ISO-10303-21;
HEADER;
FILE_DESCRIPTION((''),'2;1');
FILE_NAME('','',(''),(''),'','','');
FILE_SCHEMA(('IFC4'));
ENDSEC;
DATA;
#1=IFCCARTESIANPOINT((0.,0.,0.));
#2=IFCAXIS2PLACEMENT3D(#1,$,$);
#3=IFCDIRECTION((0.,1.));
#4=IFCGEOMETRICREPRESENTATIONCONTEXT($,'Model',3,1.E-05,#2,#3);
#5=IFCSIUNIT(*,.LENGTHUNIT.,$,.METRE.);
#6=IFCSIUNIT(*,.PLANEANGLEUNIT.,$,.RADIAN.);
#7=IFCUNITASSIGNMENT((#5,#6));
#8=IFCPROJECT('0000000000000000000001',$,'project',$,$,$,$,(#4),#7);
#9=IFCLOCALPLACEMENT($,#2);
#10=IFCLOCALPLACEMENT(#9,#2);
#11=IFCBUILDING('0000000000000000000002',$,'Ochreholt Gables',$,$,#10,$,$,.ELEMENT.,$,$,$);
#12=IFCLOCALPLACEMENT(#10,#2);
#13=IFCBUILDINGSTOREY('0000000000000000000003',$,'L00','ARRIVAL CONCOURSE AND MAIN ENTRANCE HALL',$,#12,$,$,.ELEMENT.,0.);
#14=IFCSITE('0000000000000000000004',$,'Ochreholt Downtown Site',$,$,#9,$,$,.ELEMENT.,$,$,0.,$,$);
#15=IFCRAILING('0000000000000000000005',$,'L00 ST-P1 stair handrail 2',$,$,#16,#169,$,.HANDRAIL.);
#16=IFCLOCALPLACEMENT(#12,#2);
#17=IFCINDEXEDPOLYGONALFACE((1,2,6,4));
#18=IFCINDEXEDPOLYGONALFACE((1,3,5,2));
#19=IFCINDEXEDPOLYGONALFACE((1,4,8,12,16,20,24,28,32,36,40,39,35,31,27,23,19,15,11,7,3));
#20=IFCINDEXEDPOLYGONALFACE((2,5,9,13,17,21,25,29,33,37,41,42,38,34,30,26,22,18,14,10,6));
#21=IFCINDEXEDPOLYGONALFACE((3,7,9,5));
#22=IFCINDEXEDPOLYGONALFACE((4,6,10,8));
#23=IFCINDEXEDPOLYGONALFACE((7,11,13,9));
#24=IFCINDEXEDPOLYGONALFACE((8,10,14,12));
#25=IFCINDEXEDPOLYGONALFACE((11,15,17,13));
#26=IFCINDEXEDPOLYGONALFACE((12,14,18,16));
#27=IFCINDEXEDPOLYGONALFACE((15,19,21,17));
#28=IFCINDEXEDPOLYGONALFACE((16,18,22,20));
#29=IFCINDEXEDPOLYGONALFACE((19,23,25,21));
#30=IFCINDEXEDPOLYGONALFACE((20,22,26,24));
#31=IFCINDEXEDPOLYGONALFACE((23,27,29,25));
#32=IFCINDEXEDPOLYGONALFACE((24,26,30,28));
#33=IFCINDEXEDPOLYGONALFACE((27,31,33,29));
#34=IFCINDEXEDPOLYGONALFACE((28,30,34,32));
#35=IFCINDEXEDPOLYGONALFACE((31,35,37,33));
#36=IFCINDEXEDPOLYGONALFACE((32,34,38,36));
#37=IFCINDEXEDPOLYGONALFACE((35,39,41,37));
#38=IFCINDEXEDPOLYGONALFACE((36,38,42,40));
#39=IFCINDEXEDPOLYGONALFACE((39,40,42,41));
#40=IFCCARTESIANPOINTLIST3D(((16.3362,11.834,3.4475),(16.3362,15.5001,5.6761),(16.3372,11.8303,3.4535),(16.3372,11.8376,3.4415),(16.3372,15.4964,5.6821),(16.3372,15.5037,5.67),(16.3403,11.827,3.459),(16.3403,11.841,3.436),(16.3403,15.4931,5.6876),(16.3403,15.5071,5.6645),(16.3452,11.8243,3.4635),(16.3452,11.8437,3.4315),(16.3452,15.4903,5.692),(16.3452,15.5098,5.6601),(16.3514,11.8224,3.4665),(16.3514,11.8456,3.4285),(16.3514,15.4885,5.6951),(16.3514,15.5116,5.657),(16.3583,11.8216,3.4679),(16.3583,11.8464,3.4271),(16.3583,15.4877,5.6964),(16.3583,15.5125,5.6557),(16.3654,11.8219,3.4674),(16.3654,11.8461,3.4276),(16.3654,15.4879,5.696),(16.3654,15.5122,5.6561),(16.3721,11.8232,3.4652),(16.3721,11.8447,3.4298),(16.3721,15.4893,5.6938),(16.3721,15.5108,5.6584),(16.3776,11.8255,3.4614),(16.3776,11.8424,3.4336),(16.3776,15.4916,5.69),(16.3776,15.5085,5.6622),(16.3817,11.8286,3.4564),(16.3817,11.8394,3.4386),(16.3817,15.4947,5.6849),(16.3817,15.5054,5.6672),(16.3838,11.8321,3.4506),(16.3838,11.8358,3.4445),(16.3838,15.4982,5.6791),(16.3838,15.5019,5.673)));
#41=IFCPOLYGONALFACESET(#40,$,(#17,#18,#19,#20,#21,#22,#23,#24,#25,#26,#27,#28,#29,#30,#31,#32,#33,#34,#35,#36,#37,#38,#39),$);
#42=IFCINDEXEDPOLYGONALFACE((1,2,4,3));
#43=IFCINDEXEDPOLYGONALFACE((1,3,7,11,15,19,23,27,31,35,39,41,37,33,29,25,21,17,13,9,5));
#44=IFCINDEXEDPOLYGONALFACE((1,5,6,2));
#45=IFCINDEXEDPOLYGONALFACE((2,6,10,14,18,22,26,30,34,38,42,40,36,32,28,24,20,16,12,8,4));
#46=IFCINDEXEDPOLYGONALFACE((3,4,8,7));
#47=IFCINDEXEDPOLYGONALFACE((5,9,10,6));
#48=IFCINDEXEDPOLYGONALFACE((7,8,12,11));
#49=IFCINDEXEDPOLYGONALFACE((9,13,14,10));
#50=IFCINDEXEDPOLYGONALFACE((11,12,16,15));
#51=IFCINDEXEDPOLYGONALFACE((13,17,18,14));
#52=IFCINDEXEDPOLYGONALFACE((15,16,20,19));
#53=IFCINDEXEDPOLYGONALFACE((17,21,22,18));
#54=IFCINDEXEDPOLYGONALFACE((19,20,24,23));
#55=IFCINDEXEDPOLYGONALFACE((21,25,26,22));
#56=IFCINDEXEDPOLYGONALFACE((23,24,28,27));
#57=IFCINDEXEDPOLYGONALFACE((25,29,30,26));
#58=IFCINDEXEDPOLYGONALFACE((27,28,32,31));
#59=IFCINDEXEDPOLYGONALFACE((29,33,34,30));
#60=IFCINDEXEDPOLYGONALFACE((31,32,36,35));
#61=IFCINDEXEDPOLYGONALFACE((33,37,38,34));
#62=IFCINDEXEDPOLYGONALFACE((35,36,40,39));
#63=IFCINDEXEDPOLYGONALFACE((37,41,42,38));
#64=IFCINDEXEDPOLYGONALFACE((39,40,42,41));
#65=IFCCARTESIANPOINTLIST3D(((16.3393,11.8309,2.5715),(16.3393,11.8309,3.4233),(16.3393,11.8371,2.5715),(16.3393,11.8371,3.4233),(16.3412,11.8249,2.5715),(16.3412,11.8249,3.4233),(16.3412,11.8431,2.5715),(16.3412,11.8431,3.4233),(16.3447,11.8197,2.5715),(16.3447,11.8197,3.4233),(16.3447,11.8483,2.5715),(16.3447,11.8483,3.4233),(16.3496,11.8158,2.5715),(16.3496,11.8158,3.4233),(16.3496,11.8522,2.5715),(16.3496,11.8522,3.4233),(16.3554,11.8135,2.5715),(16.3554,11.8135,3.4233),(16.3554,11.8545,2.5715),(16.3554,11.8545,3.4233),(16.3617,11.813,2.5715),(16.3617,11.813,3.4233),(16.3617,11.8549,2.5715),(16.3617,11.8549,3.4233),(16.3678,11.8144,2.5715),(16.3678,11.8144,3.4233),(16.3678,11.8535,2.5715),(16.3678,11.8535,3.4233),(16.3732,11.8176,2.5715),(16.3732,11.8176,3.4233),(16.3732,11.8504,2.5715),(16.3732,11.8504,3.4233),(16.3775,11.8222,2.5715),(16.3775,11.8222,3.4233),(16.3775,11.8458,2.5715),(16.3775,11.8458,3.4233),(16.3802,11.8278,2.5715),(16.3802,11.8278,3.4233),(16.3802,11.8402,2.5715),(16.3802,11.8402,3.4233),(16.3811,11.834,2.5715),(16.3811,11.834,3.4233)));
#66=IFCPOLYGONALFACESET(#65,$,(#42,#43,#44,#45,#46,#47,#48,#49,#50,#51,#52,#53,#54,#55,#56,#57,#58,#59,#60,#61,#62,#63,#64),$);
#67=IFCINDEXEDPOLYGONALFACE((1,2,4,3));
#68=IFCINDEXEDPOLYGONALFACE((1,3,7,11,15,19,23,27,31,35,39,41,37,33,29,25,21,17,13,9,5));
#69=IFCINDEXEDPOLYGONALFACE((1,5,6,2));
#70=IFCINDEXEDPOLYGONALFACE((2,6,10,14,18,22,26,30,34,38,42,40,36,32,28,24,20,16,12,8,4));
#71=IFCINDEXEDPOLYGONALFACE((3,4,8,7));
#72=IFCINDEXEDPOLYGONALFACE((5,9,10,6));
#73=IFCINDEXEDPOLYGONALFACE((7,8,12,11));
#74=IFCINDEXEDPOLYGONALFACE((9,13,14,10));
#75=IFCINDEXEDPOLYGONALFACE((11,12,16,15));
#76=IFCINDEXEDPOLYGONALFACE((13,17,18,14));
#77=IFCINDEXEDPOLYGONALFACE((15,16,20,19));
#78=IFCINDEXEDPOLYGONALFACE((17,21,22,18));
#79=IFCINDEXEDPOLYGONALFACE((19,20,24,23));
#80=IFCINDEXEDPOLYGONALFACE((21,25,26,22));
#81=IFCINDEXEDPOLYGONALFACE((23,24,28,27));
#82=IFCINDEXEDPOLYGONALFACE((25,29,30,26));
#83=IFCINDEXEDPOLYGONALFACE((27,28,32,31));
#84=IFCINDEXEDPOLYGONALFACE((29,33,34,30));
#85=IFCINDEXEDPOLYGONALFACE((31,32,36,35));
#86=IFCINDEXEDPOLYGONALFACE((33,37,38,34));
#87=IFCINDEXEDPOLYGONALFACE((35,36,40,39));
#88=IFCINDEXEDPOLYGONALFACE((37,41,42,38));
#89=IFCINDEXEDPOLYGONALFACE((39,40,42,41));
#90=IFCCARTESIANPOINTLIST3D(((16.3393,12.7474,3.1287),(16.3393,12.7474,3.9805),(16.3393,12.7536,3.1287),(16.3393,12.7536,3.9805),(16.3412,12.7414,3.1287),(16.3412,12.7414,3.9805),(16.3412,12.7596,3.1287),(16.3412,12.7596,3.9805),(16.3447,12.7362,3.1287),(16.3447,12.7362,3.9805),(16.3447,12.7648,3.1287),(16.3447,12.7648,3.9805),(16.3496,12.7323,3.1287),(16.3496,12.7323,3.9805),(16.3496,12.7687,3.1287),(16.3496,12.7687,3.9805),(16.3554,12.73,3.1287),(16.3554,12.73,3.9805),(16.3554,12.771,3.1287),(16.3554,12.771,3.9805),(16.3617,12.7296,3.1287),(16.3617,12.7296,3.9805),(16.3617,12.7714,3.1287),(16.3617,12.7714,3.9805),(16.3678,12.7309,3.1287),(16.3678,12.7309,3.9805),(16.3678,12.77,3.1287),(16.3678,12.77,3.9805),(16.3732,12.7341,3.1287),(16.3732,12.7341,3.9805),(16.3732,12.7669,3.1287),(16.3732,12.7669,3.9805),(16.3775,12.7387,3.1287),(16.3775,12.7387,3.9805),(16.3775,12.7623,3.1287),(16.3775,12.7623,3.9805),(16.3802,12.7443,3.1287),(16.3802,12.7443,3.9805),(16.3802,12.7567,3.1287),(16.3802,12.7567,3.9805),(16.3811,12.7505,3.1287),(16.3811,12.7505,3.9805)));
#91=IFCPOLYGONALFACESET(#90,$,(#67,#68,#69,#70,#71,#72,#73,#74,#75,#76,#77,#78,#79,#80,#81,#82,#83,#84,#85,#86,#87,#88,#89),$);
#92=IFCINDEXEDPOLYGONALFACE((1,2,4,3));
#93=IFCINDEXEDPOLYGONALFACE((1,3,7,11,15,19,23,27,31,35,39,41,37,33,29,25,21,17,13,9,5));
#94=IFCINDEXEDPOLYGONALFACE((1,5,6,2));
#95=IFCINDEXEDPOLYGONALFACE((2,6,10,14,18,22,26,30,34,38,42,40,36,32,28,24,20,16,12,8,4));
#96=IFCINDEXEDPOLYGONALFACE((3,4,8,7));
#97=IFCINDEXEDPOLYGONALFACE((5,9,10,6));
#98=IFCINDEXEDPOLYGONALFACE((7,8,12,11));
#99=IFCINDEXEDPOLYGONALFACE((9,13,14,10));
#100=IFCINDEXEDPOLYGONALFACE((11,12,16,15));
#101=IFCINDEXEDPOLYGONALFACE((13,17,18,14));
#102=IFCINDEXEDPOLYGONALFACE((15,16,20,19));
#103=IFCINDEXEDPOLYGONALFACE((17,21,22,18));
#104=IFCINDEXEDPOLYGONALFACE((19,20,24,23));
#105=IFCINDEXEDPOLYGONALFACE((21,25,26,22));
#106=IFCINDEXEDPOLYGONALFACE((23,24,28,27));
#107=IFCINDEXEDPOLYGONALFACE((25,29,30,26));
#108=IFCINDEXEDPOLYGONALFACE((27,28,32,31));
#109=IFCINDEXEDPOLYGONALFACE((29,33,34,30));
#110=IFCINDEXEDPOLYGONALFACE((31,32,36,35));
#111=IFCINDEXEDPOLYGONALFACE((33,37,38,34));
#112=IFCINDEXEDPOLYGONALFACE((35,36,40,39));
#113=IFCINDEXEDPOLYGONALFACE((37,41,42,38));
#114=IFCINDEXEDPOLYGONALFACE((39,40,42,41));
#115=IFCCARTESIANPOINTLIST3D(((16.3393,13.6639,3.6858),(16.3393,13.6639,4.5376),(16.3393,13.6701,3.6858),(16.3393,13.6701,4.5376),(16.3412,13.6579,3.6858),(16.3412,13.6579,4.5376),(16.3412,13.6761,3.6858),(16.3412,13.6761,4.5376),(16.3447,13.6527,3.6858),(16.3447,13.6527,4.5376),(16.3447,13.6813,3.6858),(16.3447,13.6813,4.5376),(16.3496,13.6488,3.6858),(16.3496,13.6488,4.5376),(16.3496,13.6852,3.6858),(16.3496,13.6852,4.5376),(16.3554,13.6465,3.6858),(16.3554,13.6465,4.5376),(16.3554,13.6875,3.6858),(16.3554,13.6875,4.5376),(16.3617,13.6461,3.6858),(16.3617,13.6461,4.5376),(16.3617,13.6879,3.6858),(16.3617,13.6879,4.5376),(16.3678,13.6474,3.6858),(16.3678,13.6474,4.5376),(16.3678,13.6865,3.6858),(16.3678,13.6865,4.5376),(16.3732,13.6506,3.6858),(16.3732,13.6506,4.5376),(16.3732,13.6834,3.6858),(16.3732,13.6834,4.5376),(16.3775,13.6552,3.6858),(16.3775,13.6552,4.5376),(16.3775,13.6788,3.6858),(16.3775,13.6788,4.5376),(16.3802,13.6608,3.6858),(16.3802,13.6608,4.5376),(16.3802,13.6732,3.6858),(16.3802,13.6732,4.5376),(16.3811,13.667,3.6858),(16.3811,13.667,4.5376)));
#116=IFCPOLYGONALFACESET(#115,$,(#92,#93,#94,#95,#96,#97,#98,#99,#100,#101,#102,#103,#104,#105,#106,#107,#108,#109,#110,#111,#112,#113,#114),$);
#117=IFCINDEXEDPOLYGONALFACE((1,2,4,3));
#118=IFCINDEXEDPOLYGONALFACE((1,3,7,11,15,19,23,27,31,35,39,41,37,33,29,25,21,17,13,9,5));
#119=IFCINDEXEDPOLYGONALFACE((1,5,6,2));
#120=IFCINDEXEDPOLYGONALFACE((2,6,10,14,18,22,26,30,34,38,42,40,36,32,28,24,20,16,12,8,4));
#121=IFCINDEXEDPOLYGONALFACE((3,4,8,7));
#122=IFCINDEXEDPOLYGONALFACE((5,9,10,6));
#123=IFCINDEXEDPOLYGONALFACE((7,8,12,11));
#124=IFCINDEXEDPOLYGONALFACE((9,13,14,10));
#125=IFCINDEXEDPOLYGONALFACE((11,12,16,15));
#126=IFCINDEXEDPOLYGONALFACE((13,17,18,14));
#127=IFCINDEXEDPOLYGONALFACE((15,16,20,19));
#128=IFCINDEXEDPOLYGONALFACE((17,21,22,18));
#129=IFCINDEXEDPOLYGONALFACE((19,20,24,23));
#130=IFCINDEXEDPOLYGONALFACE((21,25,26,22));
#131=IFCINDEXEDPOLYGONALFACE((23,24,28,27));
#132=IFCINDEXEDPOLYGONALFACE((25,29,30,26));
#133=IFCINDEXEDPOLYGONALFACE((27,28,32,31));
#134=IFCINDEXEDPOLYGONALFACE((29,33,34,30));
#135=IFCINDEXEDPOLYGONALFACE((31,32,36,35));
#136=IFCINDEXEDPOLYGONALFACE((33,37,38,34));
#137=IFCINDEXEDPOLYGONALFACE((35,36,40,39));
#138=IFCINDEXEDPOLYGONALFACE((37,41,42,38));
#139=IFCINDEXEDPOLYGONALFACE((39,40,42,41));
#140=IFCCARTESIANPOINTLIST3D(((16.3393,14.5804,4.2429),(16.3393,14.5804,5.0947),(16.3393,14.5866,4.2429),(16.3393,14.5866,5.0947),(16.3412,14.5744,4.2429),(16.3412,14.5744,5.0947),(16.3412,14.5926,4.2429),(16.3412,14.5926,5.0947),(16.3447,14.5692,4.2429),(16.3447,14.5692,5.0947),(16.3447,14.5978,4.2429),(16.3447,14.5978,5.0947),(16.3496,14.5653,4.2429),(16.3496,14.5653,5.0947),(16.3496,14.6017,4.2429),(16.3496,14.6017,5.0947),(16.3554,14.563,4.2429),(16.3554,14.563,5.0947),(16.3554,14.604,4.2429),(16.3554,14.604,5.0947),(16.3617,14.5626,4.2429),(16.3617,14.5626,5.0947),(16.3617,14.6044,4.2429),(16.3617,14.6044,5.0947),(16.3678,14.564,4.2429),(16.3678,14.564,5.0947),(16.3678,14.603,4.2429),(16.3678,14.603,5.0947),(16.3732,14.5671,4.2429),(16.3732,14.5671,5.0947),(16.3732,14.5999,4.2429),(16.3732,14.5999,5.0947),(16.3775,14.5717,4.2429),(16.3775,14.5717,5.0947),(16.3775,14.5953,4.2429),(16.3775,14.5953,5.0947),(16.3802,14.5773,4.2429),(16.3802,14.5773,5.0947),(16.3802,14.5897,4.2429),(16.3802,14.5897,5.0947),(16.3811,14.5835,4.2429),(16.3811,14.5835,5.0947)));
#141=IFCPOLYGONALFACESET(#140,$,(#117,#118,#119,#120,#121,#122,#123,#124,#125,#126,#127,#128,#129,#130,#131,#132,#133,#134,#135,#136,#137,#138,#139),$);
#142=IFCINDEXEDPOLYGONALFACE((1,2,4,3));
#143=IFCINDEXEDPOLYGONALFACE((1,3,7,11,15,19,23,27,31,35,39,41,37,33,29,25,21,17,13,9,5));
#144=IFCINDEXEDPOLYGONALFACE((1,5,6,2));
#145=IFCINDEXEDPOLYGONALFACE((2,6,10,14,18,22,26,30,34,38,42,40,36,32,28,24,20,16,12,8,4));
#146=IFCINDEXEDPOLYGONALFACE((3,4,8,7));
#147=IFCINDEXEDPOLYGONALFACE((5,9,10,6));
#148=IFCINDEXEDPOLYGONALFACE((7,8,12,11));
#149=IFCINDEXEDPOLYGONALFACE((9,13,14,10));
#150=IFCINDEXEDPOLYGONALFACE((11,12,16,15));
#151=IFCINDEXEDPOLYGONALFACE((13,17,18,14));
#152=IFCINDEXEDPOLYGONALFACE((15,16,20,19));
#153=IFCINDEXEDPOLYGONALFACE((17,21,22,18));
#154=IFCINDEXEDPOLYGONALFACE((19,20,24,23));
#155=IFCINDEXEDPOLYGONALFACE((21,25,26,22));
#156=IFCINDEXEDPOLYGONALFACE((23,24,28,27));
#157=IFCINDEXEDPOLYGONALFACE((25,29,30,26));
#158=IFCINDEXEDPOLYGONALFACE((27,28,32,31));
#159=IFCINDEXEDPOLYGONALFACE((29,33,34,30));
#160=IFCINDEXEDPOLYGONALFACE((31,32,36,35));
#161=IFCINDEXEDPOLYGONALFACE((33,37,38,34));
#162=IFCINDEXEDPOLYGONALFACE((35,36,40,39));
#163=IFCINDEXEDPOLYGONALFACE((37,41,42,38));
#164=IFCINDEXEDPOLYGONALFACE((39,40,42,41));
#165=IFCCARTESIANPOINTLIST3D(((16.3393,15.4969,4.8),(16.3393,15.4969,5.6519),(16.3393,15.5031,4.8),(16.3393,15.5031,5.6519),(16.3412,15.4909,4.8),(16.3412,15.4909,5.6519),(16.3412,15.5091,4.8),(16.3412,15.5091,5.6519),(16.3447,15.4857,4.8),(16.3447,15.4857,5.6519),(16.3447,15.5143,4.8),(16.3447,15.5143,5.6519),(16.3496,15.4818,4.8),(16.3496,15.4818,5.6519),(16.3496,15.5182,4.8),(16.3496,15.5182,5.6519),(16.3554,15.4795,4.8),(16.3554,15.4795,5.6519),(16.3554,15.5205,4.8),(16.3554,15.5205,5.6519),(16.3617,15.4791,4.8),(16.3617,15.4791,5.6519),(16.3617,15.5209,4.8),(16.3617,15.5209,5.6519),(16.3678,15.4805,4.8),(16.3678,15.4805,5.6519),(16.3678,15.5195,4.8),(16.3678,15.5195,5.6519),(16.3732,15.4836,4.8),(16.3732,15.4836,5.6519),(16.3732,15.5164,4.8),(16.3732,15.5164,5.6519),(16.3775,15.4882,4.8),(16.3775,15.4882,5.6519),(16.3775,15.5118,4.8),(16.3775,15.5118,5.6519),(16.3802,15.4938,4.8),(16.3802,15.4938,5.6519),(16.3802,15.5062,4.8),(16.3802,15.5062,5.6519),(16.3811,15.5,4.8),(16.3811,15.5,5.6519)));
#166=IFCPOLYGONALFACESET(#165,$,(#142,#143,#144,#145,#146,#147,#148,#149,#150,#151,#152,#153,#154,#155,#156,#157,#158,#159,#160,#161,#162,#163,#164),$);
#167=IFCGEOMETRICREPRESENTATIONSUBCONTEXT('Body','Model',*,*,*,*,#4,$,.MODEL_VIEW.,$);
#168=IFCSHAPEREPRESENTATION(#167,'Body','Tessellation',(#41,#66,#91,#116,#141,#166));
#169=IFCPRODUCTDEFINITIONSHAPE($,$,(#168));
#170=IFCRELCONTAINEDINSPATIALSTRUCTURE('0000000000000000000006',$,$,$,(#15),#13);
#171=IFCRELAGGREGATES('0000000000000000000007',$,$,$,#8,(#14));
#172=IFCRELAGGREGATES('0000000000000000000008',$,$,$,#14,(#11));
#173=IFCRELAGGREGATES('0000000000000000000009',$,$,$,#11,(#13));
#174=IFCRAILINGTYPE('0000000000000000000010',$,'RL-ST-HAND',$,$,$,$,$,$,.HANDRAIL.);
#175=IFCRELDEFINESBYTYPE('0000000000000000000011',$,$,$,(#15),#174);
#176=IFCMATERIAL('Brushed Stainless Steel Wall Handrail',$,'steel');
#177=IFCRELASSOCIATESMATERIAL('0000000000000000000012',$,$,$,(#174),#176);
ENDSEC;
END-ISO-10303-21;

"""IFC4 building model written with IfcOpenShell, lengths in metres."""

from ifc_helpers import new_model, si_unit, direction, frame, origin, origin_2d, place, context, subcontext, project, spatial, circle, extrude, material, type_object, element, save


model = new_model("IFC4")

# Units and contexts
model_context = context("Model", 3, precision=1e-05, world=origin(), true_north=direction((0.0, 1.0)))
body_context = subcontext(model_context, "Body", "Model", "MODEL_VIEW")
ifc_project = project(units=[si_unit("LENGTHUNIT", "METRE"), si_unit("PLANEANGLEUNIT", "RADIAN")], contexts=[model_context])

# Site, building, storey
site_placement = place(None, origin())
site = spatial("IfcSite", under=ifc_project, at=site_placement, Name="Ochreholt Downtown Site", CompositionType="ELEMENT", RefElevation=0.0)
building_placement = place(site_placement, origin())
building = spatial("IfcBuilding", under=site, at=building_placement, Name="Ochreholt Gables", CompositionType="ELEMENT")
storey_placement = place(building_placement, origin())
storey = spatial("IfcBuildingStorey", under=building, at=storey_placement, Name="L00", Description="ARRIVAL CONCOURSE AND MAIN ENTRANCE HALL", CompositionType="ELEMENT", Elevation=0.0)

# Railing
ifc_material_1 = material(Name="Brushed Stainless Steel Wall Handrail", Category="steel")
railing_type_1 = type_object("IfcRailingType", Name="RL-ST-HAND", PredefinedType="HANDRAIL", material=ifc_material_1)
for number, where, name in (
    (1, (16.3601, 11.834, 2.5715), "L00 ST-P1 stair handrail 2"),
):
    element("IfcRailing", number, at=place(storey_placement, frame(where)), inside=storey, type_object=railing_type_1, Name=name, PredefinedType="HANDRAIL", context=body_context, shape_type="SweptSolid", body=[
        extrude(circle(Radius=0.0239, at=origin_2d()), frame((0.0, 0.0, 0.876), z_axis=(0.0, 0.854506, 0.519441), x_axis=(-1.0, 0.0, 0.0)), (0.0, 0.0, 1.0), 4.2903),
        extrude(circle(Radius=0.021, at=origin_2d()), origin(), (0.0, 0.0, 1.0), 0.8518),
        extrude(circle(Radius=0.021, at=origin_2d()), frame((0.0, 0.9165, 0.5571)), (0.0, 0.0, 1.0), 0.8518),
        extrude(circle(Radius=0.021, at=origin_2d()), frame((0.0, 1.833, 1.1143)), (0.0, 0.0, 1.0), 0.8518),
        extrude(circle(Radius=0.021, at=origin_2d()), frame((0.0, 2.7495, 1.6714)), (0.0, 0.0, 1.0), 0.8518),
        extrude(circle(Radius=0.021, at=origin_2d()), frame((0.0, 3.666, 2.2285)), (0.0, 0.0, 1.0), 0.8518),
    ])

save(model, "model.ifc")
